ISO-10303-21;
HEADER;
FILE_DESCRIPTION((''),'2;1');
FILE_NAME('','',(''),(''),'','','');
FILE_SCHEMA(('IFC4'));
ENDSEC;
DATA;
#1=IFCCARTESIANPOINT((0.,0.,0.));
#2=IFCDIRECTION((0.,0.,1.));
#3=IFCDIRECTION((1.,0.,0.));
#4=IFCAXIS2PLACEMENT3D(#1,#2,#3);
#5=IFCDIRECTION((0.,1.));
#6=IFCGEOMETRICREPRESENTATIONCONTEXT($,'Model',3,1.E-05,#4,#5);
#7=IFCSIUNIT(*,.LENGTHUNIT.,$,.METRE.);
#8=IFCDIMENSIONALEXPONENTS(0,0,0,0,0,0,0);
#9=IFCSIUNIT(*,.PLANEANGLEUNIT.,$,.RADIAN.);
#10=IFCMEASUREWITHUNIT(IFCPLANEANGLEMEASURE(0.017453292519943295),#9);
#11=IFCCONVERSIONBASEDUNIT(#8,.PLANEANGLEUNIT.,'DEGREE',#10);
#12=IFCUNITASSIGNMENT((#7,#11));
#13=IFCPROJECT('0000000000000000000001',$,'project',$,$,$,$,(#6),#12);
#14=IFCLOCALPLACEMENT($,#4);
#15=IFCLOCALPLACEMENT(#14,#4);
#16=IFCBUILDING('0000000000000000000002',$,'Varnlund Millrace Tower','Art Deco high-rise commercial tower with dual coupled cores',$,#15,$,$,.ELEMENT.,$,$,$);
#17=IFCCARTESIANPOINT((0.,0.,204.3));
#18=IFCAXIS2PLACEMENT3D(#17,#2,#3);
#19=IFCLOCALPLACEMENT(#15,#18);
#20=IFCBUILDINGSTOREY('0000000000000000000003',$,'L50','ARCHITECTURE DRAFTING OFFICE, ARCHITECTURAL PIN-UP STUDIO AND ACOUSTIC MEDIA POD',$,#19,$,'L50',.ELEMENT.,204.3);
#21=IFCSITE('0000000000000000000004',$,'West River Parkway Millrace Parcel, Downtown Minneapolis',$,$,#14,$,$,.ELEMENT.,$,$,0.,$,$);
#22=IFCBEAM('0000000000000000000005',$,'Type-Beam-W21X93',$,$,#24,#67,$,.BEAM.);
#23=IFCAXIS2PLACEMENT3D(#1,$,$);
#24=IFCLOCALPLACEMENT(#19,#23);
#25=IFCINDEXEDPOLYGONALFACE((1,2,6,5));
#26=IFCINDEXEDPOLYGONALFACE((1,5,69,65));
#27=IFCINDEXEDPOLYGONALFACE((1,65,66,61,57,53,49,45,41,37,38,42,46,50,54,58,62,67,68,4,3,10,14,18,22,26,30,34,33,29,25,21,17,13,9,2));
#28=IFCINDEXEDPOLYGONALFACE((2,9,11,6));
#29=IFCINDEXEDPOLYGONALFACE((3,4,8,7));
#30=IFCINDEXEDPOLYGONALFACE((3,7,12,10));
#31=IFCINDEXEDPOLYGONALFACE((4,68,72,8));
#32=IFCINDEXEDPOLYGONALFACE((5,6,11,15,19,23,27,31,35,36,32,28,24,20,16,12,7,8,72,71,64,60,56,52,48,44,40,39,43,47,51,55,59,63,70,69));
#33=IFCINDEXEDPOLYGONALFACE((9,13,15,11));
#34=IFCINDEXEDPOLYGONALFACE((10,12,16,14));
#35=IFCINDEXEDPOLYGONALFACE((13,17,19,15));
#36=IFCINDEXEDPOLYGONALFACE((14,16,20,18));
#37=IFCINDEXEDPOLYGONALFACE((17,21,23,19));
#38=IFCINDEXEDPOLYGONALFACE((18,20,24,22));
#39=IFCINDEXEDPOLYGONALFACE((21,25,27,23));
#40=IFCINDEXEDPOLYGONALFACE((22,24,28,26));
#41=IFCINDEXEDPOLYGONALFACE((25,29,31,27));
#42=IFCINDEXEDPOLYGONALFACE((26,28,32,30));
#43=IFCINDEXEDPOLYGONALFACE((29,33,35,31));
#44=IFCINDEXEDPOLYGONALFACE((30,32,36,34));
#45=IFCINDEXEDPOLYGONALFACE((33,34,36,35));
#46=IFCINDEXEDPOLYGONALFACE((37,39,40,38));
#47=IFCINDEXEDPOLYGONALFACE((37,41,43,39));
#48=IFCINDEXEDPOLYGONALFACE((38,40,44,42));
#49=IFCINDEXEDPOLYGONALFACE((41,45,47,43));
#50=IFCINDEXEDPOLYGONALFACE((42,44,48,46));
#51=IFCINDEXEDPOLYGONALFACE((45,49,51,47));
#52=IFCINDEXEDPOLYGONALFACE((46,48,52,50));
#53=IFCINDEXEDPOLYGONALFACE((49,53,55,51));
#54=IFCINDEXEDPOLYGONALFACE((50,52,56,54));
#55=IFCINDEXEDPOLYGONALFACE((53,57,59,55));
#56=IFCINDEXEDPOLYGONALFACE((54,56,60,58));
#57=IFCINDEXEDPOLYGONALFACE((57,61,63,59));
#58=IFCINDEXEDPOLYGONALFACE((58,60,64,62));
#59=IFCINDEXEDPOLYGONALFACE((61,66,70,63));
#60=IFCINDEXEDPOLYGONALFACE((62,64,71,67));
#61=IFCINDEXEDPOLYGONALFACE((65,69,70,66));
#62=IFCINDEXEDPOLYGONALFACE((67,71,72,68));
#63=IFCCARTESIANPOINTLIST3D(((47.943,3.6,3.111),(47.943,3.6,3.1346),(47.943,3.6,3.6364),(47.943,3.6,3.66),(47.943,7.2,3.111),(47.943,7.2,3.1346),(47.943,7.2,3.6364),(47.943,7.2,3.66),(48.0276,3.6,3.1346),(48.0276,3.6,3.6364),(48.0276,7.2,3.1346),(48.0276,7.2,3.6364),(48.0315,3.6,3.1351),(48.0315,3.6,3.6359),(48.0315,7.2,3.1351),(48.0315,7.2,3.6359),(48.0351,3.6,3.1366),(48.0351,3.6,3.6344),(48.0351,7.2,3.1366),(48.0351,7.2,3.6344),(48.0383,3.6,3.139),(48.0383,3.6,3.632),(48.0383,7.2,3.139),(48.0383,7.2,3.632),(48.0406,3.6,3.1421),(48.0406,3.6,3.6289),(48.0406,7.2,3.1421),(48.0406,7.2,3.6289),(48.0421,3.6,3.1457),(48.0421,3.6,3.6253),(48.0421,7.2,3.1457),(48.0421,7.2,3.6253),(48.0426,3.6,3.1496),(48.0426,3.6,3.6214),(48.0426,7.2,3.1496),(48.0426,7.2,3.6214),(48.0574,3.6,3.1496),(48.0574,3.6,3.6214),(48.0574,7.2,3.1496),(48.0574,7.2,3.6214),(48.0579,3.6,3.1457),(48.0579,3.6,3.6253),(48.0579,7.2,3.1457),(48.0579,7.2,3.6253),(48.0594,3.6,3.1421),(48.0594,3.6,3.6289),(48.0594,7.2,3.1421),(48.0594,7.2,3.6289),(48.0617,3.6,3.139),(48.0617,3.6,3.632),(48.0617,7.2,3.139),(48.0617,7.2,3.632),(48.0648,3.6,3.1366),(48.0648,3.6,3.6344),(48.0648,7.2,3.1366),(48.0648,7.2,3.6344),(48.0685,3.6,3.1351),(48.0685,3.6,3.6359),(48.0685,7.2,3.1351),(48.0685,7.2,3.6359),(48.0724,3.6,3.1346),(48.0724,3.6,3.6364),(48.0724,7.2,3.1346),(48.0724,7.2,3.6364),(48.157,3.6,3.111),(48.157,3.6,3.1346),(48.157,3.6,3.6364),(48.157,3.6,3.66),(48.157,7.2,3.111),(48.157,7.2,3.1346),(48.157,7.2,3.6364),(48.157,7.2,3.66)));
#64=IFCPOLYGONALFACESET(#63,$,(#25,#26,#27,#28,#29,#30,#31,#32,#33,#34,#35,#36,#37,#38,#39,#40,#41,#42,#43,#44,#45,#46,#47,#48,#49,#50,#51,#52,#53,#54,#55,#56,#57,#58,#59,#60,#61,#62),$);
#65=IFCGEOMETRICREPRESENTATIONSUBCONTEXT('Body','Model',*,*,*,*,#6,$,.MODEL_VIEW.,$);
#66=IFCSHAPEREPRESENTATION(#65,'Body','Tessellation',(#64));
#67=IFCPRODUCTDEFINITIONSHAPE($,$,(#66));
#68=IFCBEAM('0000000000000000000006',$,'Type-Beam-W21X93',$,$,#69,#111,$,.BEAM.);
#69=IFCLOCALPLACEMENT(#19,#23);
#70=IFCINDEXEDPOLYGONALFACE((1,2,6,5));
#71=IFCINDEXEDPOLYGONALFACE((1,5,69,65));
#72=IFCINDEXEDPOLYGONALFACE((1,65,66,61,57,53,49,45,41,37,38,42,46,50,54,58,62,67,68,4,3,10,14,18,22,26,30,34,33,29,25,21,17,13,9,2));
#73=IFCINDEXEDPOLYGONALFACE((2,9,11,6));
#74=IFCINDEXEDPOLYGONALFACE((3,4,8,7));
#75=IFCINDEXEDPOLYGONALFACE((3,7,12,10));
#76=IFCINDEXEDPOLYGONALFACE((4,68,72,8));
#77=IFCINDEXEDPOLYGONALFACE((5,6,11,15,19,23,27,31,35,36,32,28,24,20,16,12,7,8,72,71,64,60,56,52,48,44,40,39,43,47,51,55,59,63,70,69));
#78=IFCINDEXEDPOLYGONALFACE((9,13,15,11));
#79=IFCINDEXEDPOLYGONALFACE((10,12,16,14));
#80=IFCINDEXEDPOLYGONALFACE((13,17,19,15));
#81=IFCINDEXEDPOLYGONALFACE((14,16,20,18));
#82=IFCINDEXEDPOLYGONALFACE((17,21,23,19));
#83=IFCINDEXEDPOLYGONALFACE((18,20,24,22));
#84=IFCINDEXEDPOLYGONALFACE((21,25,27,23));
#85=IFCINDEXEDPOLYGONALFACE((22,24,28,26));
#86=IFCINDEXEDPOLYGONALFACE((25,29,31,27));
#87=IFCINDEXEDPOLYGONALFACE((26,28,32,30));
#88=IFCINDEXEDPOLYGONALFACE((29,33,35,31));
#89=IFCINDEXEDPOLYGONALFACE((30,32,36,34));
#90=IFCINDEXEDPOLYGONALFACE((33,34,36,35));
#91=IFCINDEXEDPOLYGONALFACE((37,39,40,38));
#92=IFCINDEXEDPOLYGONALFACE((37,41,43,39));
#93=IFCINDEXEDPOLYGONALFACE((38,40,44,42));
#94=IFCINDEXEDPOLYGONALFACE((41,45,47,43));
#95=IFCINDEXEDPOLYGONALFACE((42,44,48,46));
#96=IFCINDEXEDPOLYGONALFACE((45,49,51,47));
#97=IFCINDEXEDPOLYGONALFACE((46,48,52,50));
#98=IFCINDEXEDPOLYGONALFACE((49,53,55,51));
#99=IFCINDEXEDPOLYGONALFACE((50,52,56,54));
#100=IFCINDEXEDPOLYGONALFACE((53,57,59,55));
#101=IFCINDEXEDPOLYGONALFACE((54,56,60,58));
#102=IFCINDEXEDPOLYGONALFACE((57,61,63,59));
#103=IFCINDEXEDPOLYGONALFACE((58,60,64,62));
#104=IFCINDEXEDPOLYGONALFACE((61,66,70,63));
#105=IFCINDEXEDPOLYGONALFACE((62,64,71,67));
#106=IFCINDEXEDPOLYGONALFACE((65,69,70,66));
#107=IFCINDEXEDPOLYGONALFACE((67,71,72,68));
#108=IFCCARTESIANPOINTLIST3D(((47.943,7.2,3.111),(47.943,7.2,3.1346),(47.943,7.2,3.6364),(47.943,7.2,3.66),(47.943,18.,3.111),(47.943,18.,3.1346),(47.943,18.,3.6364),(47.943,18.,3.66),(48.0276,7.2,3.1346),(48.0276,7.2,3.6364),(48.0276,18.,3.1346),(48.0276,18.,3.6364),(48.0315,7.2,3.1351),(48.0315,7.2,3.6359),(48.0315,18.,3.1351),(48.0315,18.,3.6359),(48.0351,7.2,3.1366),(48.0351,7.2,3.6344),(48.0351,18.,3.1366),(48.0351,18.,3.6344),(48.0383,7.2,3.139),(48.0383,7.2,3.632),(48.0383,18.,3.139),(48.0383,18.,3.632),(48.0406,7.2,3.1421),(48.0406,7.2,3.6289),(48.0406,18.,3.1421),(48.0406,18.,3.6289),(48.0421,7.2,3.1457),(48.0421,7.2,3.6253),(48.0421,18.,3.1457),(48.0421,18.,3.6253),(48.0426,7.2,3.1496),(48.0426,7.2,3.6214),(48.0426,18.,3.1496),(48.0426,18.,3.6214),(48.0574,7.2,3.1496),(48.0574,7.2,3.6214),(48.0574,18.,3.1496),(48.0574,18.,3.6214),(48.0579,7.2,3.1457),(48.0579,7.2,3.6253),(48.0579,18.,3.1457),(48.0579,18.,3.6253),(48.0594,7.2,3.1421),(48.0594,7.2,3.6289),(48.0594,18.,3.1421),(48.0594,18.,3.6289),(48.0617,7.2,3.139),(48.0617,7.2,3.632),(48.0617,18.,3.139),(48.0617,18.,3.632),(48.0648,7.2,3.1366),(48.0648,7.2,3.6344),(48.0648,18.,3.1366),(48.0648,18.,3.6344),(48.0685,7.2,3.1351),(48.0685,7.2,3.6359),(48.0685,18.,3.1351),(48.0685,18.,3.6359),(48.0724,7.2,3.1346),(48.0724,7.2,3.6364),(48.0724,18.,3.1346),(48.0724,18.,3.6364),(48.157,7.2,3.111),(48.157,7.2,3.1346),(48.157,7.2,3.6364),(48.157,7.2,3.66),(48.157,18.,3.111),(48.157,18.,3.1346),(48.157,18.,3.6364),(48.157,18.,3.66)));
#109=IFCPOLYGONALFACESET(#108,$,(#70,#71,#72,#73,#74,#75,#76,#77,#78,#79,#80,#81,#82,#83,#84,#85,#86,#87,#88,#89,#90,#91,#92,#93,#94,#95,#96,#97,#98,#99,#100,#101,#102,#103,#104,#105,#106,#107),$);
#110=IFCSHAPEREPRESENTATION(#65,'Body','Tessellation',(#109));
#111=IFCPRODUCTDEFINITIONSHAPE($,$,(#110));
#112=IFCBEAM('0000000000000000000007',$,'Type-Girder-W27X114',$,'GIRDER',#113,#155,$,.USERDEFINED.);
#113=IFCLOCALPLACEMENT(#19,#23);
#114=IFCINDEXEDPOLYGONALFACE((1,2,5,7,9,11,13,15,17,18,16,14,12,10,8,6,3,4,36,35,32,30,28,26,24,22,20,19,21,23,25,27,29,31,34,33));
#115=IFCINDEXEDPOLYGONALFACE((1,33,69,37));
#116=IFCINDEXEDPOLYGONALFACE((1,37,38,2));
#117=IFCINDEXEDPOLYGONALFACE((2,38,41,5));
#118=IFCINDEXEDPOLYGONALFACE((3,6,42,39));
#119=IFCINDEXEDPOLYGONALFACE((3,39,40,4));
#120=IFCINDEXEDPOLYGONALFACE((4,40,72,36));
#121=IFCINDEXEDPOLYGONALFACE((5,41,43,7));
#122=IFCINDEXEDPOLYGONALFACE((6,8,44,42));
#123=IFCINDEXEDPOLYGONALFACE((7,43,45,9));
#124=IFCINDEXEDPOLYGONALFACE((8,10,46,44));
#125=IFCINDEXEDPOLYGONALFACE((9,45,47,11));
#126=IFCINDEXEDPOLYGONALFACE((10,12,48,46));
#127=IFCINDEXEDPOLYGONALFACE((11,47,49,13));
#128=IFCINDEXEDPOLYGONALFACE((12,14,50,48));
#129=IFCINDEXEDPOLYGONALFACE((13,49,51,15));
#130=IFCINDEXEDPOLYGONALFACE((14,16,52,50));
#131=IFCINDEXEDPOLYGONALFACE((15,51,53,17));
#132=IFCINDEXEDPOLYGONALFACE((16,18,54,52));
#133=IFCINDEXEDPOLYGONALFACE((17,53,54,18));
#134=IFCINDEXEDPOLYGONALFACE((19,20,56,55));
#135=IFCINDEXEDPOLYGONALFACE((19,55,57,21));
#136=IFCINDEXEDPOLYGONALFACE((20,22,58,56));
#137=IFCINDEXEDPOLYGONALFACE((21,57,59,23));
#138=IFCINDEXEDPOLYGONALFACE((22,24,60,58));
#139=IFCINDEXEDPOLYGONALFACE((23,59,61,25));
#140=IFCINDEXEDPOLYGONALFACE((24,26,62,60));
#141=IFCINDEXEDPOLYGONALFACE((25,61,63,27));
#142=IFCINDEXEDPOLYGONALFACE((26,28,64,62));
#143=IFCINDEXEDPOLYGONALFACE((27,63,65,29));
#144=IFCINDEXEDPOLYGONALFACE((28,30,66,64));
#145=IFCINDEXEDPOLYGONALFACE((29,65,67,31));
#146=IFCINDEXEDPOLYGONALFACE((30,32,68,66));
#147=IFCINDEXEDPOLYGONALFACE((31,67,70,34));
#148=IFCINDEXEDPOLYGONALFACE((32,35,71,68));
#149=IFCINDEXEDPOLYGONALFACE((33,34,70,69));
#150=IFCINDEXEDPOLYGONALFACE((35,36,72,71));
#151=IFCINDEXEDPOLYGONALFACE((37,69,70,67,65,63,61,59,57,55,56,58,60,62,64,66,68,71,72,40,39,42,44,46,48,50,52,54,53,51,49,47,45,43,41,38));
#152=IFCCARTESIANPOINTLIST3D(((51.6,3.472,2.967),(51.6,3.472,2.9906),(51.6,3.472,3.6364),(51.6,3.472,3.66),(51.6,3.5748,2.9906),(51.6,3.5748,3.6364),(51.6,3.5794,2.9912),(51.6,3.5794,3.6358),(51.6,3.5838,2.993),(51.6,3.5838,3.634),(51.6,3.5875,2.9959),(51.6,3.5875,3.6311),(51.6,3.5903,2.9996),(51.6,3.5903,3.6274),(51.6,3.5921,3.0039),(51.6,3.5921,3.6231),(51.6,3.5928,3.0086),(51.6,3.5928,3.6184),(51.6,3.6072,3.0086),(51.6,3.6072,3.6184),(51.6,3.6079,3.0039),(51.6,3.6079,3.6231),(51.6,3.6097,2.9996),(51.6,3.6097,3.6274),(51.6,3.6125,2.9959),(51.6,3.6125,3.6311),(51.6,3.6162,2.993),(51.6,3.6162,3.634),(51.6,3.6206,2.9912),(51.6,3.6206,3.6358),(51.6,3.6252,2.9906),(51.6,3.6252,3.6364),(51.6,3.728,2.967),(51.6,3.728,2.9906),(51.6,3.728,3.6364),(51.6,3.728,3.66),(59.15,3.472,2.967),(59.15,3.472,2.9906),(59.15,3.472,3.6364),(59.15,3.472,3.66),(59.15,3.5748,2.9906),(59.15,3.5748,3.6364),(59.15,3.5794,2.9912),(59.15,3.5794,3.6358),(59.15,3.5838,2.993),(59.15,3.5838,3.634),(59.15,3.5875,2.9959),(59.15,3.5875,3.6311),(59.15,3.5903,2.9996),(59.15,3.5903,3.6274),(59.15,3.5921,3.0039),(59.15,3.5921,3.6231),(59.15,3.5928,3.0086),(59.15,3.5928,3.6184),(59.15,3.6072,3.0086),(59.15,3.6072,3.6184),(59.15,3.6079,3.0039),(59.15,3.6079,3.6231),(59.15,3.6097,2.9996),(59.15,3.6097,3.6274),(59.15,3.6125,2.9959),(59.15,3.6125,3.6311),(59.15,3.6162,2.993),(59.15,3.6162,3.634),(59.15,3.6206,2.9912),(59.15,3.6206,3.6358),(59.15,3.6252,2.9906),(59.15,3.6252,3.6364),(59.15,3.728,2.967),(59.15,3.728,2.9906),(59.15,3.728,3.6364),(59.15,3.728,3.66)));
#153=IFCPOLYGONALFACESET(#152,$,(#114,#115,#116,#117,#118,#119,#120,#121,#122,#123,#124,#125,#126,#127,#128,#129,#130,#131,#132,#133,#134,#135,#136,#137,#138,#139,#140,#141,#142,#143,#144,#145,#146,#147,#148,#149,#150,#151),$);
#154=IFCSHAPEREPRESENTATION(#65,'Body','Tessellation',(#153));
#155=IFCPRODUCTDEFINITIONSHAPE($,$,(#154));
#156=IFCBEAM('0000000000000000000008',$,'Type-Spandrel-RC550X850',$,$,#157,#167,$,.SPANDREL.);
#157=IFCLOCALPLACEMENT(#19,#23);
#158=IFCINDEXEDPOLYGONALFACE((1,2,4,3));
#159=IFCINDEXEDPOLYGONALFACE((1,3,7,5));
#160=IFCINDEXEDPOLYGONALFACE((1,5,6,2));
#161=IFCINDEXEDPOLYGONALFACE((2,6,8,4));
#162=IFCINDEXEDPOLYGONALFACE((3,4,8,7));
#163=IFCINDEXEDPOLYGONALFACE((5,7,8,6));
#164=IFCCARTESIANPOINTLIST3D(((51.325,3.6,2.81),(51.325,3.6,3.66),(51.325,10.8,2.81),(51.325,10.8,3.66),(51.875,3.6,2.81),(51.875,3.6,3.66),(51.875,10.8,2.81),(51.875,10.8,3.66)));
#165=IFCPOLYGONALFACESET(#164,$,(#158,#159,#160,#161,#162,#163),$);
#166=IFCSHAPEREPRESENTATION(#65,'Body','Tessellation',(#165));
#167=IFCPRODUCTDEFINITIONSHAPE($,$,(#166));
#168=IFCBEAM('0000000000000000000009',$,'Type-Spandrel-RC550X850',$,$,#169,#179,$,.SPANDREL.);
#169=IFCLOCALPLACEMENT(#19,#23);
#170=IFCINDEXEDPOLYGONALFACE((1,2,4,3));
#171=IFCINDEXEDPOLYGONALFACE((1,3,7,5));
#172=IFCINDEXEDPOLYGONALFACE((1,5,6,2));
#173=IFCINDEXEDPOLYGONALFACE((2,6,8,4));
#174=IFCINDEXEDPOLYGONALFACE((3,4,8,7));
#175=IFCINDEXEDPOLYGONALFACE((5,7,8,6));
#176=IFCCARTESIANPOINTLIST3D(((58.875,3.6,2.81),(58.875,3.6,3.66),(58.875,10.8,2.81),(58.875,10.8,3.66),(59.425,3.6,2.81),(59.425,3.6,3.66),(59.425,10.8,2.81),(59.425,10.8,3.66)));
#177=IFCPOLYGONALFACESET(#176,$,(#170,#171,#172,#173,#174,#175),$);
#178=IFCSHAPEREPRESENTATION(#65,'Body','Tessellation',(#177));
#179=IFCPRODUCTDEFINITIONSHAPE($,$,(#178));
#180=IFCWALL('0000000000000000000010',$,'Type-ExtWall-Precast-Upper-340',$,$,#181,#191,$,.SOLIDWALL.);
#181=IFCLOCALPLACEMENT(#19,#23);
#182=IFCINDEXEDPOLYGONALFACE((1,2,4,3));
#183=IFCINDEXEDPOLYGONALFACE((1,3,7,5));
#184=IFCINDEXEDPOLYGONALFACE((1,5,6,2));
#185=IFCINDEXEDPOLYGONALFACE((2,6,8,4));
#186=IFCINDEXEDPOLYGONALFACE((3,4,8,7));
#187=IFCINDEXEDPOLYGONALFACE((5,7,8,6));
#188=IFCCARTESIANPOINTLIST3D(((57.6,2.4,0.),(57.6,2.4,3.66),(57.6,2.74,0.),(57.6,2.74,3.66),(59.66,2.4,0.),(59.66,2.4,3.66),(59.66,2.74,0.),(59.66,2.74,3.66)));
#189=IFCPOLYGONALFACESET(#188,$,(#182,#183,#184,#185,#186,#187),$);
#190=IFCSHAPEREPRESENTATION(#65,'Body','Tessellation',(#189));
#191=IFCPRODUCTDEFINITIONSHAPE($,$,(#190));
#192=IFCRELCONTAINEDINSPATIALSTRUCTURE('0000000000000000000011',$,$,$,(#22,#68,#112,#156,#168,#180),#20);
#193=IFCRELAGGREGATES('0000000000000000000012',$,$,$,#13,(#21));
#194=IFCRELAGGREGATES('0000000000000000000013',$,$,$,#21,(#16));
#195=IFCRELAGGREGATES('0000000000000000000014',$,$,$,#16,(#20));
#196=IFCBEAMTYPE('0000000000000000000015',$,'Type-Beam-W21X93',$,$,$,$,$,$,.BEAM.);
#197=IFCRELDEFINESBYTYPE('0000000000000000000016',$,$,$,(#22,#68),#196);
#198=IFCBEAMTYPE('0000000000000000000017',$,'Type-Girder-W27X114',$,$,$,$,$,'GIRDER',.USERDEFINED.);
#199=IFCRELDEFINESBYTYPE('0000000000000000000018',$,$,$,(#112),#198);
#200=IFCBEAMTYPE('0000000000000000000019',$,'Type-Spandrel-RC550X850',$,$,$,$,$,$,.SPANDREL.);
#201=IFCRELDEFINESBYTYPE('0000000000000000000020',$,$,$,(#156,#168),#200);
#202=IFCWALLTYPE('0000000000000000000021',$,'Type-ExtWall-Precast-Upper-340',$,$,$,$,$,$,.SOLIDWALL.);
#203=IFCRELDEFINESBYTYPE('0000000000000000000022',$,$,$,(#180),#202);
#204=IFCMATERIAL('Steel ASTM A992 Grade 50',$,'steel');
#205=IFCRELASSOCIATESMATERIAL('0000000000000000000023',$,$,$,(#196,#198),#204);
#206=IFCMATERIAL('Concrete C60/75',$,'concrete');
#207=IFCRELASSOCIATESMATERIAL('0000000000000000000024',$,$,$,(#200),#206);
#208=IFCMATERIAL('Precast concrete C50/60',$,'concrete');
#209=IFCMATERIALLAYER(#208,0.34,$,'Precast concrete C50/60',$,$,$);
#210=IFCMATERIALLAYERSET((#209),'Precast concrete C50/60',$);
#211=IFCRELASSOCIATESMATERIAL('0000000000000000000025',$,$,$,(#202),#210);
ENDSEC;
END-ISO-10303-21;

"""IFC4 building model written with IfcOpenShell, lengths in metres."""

from ifc_helpers import new_model, entity, si_unit, converted_unit, direction, frame, origin_with_axes, origin_2d_with_axis, place, context, subcontext, project, spatial, polyline, rectangle, i_section, outline, extrude, material, layer, layer_set, material_profile, profile_set, type_object, element, save


model = new_model("IFC4")

# Units and contexts
model_context = context("Model", 3, precision=1e-05, world=origin_with_axes(), true_north=direction((0.0, 1.0)))
body_context = subcontext(model_context, "Body", "Model", "MODEL_VIEW")
ifc_project = project(units=[si_unit("LENGTHUNIT", "METRE"), converted_unit("PLANEANGLEUNIT", "DEGREE", entity("IfcPlaneAngleMeasure", 0.017453292519943295), si_unit("PLANEANGLEUNIT", "RADIAN"), dimensions=[0, 0, 0, 0, 0, 0, 0])], contexts=[model_context])

# Site, building, storey
site_placement = place(None, origin_with_axes())
site = spatial("IfcSite", under=ifc_project, at=site_placement, Name="West River Parkway Millrace Parcel, Downtown Minneapolis", CompositionType="ELEMENT", RefElevation=0.0)
building_placement = place(site_placement, origin_with_axes())
building = spatial("IfcBuilding", under=site, at=building_placement, Name="Varnlund Millrace Tower", Description="Art Deco high-rise commercial tower with dual coupled cores", CompositionType="ELEMENT")
storey_placement = place(building_placement, frame((0.0, 0.0, 204.3), z_axis=(0.0, 0.0, 1.0), x_axis=(1.0, 0.0, 0.0)))
storey = spatial("IfcBuildingStorey", under=building, at=storey_placement, Name="L50", Description="ARCHITECTURE DRAFTING OFFICE, ARCHITECTURAL PIN-UP STUDIO AND ACOUSTIC MEDIA POD", LongName="L50", CompositionType="ELEMENT", Elevation=204.3)

# Beams
ifc_material_1 = material(Name="Steel ASTM A992 Grade 50", Category="steel")
ifc_material_profile_1 = material_profile(ifc_material_1, i_section(OverallWidth=0.214, OverallDepth=0.549, WebThickness=0.0147, FlangeThickness=0.0236, FilletRadius=0.015, at=origin_2d_with_axis()), Name="Steel ASTM A992 Grade 50")
ifc_profile_set_1 = profile_set([ifc_material_profile_1], Name="Steel ASTM A992 Grade 50")
beam_type_1 = type_object("IfcBeamType", Name="Type-Beam-W21X93", PredefinedType="BEAM", material=ifc_profile_set_1)
beam_1_placement = place(storey_placement, frame((48.05, 3.6, 3.3855), z_axis=(0.0, 1.0, 0.0), x_axis=(-1.0, 0.0, 0.0)))
element("IfcBeam", 1, at=beam_1_placement, inside=storey, type_object=beam_type_1, Name="Type-Beam-W21X93", PredefinedType="BEAM", context=body_context, shape_type="SweptSolid", body=[
    extrude(i_section(OverallWidth=0.214, OverallDepth=0.549, WebThickness=0.0147, FlangeThickness=0.0236, FilletRadius=0.015, at=origin_2d_with_axis()), origin_with_axes(), (0.0, 0.0, 1.0), 3.6),
])
beam_2_placement = place(storey_placement, frame((48.05, 7.2, 3.3855), z_axis=(0.0, 1.0, 0.0), x_axis=(-1.0, 0.0, 0.0)))
element("IfcBeam", 2, at=beam_2_placement, inside=storey, type_object=beam_type_1, Name="Type-Beam-W21X93", PredefinedType="BEAM", context=body_context, shape_type="SweptSolid", body=[
    extrude(i_section(OverallWidth=0.214, OverallDepth=0.549, WebThickness=0.0147, FlangeThickness=0.0236, FilletRadius=0.015, at=origin_2d_with_axis()), origin_with_axes(), (0.0, 0.0, 1.0), 10.8),
])
ifc_material_profile_2 = material_profile(ifc_material_1, i_section(OverallWidth=0.256, OverallDepth=0.693, WebThickness=0.0145, FlangeThickness=0.0236, FilletRadius=0.018, at=origin_2d_with_axis()), Name="Steel ASTM A992 Grade 50")
ifc_profile_set_2 = profile_set([ifc_material_profile_2], Name="Steel ASTM A992 Grade 50")
beam_type_2 = type_object("IfcBeamType", Name="Type-Girder-W27X114", ElementType="GIRDER", PredefinedType="USERDEFINED", material=ifc_profile_set_2)
beam_3_placement = place(storey_placement, frame((51.6, 3.6, 3.3135), z_axis=(1.0, 0.0, 0.0), x_axis=(0.0, 1.0, 0.0)))
element("IfcBeam", 3, at=beam_3_placement, inside=storey, type_object=beam_type_2, Name="Type-Girder-W27X114", ObjectType="GIRDER", PredefinedType="USERDEFINED", context=body_context, shape_type="SweptSolid", body=[
    extrude(i_section(OverallWidth=0.256, OverallDepth=0.693, WebThickness=0.0145, FlangeThickness=0.0236, FilletRadius=0.018, at=origin_2d_with_axis()), origin_with_axes(), (0.0, 0.0, 1.0), 7.55),
])
ifc_material_2 = material(Name="Concrete C60/75", Category="concrete")
ifc_material_profile_3 = material_profile(ifc_material_2, rectangle(XDim=0.55, YDim=0.85, at=origin_2d_with_axis()), Name="Concrete C60/75")
ifc_profile_set_3 = profile_set([ifc_material_profile_3], Name="Concrete C60/75")
beam_type_3 = type_object("IfcBeamType", Name="Type-Spandrel-RC550X850", PredefinedType="SPANDREL", material=ifc_profile_set_3)
for number, where, z_axis, x_axis, name in (
    (4, (51.6, 3.6, 3.235), (0.0, 1.0, 0.0), (-1.0, 0.0, 0.0), "Type-Spandrel-RC550X850"),
    (5, (59.15, 3.6, 3.235), (0.0, 1.0, 0.0), (-1.0, 0.0, 0.0), "Type-Spandrel-RC550X850"),
):
    element("IfcBeam", number, at=place(storey_placement, frame(where, z_axis=z_axis, x_axis=x_axis)), inside=storey, type_object=beam_type_3, Name=name, PredefinedType="SPANDREL", context=body_context, shape_type="SweptSolid", body=[
        extrude(rectangle(XDim=0.55, YDim=0.85, at=origin_2d_with_axis()), origin_with_axes(), (0.0, 0.0, 1.0), 7.2),
    ])

# Wall
ifc_material_3 = material(Name="Precast concrete C50/60", Category="concrete")
ifc_layer = layer(ifc_material_3, 0.34, Name="Precast concrete C50/60")
ifc_layer_set = layer_set([ifc_layer], Name="Precast concrete C50/60")
wall_type = type_object("IfcWallType", Name="Type-ExtWall-Precast-Upper-340", PredefinedType="SOLIDWALL", material=ifc_layer_set)
wall_1_placement = place(storey_placement, frame((59.66, 2.57, 0.0), z_axis=(0.0, 0.0, 1.0), x_axis=(-1.0, 0.0, 0.0)))
element("IfcWall", 6, at=wall_1_placement, inside=storey, type_object=wall_type, Name="Type-ExtWall-Precast-Upper-340", PredefinedType="SOLIDWALL", context=body_context, shape_type="SweptSolid", body=[
    extrude(outline(polyline([(0.0, -0.17), (2.06, -0.17), (2.06, 0.17), (0.0, 0.17), (0.0, -0.17)])), origin_with_axes(), (0.0, 0.0, 1.0), 3.66),
])

save(model, "model.ifc")
